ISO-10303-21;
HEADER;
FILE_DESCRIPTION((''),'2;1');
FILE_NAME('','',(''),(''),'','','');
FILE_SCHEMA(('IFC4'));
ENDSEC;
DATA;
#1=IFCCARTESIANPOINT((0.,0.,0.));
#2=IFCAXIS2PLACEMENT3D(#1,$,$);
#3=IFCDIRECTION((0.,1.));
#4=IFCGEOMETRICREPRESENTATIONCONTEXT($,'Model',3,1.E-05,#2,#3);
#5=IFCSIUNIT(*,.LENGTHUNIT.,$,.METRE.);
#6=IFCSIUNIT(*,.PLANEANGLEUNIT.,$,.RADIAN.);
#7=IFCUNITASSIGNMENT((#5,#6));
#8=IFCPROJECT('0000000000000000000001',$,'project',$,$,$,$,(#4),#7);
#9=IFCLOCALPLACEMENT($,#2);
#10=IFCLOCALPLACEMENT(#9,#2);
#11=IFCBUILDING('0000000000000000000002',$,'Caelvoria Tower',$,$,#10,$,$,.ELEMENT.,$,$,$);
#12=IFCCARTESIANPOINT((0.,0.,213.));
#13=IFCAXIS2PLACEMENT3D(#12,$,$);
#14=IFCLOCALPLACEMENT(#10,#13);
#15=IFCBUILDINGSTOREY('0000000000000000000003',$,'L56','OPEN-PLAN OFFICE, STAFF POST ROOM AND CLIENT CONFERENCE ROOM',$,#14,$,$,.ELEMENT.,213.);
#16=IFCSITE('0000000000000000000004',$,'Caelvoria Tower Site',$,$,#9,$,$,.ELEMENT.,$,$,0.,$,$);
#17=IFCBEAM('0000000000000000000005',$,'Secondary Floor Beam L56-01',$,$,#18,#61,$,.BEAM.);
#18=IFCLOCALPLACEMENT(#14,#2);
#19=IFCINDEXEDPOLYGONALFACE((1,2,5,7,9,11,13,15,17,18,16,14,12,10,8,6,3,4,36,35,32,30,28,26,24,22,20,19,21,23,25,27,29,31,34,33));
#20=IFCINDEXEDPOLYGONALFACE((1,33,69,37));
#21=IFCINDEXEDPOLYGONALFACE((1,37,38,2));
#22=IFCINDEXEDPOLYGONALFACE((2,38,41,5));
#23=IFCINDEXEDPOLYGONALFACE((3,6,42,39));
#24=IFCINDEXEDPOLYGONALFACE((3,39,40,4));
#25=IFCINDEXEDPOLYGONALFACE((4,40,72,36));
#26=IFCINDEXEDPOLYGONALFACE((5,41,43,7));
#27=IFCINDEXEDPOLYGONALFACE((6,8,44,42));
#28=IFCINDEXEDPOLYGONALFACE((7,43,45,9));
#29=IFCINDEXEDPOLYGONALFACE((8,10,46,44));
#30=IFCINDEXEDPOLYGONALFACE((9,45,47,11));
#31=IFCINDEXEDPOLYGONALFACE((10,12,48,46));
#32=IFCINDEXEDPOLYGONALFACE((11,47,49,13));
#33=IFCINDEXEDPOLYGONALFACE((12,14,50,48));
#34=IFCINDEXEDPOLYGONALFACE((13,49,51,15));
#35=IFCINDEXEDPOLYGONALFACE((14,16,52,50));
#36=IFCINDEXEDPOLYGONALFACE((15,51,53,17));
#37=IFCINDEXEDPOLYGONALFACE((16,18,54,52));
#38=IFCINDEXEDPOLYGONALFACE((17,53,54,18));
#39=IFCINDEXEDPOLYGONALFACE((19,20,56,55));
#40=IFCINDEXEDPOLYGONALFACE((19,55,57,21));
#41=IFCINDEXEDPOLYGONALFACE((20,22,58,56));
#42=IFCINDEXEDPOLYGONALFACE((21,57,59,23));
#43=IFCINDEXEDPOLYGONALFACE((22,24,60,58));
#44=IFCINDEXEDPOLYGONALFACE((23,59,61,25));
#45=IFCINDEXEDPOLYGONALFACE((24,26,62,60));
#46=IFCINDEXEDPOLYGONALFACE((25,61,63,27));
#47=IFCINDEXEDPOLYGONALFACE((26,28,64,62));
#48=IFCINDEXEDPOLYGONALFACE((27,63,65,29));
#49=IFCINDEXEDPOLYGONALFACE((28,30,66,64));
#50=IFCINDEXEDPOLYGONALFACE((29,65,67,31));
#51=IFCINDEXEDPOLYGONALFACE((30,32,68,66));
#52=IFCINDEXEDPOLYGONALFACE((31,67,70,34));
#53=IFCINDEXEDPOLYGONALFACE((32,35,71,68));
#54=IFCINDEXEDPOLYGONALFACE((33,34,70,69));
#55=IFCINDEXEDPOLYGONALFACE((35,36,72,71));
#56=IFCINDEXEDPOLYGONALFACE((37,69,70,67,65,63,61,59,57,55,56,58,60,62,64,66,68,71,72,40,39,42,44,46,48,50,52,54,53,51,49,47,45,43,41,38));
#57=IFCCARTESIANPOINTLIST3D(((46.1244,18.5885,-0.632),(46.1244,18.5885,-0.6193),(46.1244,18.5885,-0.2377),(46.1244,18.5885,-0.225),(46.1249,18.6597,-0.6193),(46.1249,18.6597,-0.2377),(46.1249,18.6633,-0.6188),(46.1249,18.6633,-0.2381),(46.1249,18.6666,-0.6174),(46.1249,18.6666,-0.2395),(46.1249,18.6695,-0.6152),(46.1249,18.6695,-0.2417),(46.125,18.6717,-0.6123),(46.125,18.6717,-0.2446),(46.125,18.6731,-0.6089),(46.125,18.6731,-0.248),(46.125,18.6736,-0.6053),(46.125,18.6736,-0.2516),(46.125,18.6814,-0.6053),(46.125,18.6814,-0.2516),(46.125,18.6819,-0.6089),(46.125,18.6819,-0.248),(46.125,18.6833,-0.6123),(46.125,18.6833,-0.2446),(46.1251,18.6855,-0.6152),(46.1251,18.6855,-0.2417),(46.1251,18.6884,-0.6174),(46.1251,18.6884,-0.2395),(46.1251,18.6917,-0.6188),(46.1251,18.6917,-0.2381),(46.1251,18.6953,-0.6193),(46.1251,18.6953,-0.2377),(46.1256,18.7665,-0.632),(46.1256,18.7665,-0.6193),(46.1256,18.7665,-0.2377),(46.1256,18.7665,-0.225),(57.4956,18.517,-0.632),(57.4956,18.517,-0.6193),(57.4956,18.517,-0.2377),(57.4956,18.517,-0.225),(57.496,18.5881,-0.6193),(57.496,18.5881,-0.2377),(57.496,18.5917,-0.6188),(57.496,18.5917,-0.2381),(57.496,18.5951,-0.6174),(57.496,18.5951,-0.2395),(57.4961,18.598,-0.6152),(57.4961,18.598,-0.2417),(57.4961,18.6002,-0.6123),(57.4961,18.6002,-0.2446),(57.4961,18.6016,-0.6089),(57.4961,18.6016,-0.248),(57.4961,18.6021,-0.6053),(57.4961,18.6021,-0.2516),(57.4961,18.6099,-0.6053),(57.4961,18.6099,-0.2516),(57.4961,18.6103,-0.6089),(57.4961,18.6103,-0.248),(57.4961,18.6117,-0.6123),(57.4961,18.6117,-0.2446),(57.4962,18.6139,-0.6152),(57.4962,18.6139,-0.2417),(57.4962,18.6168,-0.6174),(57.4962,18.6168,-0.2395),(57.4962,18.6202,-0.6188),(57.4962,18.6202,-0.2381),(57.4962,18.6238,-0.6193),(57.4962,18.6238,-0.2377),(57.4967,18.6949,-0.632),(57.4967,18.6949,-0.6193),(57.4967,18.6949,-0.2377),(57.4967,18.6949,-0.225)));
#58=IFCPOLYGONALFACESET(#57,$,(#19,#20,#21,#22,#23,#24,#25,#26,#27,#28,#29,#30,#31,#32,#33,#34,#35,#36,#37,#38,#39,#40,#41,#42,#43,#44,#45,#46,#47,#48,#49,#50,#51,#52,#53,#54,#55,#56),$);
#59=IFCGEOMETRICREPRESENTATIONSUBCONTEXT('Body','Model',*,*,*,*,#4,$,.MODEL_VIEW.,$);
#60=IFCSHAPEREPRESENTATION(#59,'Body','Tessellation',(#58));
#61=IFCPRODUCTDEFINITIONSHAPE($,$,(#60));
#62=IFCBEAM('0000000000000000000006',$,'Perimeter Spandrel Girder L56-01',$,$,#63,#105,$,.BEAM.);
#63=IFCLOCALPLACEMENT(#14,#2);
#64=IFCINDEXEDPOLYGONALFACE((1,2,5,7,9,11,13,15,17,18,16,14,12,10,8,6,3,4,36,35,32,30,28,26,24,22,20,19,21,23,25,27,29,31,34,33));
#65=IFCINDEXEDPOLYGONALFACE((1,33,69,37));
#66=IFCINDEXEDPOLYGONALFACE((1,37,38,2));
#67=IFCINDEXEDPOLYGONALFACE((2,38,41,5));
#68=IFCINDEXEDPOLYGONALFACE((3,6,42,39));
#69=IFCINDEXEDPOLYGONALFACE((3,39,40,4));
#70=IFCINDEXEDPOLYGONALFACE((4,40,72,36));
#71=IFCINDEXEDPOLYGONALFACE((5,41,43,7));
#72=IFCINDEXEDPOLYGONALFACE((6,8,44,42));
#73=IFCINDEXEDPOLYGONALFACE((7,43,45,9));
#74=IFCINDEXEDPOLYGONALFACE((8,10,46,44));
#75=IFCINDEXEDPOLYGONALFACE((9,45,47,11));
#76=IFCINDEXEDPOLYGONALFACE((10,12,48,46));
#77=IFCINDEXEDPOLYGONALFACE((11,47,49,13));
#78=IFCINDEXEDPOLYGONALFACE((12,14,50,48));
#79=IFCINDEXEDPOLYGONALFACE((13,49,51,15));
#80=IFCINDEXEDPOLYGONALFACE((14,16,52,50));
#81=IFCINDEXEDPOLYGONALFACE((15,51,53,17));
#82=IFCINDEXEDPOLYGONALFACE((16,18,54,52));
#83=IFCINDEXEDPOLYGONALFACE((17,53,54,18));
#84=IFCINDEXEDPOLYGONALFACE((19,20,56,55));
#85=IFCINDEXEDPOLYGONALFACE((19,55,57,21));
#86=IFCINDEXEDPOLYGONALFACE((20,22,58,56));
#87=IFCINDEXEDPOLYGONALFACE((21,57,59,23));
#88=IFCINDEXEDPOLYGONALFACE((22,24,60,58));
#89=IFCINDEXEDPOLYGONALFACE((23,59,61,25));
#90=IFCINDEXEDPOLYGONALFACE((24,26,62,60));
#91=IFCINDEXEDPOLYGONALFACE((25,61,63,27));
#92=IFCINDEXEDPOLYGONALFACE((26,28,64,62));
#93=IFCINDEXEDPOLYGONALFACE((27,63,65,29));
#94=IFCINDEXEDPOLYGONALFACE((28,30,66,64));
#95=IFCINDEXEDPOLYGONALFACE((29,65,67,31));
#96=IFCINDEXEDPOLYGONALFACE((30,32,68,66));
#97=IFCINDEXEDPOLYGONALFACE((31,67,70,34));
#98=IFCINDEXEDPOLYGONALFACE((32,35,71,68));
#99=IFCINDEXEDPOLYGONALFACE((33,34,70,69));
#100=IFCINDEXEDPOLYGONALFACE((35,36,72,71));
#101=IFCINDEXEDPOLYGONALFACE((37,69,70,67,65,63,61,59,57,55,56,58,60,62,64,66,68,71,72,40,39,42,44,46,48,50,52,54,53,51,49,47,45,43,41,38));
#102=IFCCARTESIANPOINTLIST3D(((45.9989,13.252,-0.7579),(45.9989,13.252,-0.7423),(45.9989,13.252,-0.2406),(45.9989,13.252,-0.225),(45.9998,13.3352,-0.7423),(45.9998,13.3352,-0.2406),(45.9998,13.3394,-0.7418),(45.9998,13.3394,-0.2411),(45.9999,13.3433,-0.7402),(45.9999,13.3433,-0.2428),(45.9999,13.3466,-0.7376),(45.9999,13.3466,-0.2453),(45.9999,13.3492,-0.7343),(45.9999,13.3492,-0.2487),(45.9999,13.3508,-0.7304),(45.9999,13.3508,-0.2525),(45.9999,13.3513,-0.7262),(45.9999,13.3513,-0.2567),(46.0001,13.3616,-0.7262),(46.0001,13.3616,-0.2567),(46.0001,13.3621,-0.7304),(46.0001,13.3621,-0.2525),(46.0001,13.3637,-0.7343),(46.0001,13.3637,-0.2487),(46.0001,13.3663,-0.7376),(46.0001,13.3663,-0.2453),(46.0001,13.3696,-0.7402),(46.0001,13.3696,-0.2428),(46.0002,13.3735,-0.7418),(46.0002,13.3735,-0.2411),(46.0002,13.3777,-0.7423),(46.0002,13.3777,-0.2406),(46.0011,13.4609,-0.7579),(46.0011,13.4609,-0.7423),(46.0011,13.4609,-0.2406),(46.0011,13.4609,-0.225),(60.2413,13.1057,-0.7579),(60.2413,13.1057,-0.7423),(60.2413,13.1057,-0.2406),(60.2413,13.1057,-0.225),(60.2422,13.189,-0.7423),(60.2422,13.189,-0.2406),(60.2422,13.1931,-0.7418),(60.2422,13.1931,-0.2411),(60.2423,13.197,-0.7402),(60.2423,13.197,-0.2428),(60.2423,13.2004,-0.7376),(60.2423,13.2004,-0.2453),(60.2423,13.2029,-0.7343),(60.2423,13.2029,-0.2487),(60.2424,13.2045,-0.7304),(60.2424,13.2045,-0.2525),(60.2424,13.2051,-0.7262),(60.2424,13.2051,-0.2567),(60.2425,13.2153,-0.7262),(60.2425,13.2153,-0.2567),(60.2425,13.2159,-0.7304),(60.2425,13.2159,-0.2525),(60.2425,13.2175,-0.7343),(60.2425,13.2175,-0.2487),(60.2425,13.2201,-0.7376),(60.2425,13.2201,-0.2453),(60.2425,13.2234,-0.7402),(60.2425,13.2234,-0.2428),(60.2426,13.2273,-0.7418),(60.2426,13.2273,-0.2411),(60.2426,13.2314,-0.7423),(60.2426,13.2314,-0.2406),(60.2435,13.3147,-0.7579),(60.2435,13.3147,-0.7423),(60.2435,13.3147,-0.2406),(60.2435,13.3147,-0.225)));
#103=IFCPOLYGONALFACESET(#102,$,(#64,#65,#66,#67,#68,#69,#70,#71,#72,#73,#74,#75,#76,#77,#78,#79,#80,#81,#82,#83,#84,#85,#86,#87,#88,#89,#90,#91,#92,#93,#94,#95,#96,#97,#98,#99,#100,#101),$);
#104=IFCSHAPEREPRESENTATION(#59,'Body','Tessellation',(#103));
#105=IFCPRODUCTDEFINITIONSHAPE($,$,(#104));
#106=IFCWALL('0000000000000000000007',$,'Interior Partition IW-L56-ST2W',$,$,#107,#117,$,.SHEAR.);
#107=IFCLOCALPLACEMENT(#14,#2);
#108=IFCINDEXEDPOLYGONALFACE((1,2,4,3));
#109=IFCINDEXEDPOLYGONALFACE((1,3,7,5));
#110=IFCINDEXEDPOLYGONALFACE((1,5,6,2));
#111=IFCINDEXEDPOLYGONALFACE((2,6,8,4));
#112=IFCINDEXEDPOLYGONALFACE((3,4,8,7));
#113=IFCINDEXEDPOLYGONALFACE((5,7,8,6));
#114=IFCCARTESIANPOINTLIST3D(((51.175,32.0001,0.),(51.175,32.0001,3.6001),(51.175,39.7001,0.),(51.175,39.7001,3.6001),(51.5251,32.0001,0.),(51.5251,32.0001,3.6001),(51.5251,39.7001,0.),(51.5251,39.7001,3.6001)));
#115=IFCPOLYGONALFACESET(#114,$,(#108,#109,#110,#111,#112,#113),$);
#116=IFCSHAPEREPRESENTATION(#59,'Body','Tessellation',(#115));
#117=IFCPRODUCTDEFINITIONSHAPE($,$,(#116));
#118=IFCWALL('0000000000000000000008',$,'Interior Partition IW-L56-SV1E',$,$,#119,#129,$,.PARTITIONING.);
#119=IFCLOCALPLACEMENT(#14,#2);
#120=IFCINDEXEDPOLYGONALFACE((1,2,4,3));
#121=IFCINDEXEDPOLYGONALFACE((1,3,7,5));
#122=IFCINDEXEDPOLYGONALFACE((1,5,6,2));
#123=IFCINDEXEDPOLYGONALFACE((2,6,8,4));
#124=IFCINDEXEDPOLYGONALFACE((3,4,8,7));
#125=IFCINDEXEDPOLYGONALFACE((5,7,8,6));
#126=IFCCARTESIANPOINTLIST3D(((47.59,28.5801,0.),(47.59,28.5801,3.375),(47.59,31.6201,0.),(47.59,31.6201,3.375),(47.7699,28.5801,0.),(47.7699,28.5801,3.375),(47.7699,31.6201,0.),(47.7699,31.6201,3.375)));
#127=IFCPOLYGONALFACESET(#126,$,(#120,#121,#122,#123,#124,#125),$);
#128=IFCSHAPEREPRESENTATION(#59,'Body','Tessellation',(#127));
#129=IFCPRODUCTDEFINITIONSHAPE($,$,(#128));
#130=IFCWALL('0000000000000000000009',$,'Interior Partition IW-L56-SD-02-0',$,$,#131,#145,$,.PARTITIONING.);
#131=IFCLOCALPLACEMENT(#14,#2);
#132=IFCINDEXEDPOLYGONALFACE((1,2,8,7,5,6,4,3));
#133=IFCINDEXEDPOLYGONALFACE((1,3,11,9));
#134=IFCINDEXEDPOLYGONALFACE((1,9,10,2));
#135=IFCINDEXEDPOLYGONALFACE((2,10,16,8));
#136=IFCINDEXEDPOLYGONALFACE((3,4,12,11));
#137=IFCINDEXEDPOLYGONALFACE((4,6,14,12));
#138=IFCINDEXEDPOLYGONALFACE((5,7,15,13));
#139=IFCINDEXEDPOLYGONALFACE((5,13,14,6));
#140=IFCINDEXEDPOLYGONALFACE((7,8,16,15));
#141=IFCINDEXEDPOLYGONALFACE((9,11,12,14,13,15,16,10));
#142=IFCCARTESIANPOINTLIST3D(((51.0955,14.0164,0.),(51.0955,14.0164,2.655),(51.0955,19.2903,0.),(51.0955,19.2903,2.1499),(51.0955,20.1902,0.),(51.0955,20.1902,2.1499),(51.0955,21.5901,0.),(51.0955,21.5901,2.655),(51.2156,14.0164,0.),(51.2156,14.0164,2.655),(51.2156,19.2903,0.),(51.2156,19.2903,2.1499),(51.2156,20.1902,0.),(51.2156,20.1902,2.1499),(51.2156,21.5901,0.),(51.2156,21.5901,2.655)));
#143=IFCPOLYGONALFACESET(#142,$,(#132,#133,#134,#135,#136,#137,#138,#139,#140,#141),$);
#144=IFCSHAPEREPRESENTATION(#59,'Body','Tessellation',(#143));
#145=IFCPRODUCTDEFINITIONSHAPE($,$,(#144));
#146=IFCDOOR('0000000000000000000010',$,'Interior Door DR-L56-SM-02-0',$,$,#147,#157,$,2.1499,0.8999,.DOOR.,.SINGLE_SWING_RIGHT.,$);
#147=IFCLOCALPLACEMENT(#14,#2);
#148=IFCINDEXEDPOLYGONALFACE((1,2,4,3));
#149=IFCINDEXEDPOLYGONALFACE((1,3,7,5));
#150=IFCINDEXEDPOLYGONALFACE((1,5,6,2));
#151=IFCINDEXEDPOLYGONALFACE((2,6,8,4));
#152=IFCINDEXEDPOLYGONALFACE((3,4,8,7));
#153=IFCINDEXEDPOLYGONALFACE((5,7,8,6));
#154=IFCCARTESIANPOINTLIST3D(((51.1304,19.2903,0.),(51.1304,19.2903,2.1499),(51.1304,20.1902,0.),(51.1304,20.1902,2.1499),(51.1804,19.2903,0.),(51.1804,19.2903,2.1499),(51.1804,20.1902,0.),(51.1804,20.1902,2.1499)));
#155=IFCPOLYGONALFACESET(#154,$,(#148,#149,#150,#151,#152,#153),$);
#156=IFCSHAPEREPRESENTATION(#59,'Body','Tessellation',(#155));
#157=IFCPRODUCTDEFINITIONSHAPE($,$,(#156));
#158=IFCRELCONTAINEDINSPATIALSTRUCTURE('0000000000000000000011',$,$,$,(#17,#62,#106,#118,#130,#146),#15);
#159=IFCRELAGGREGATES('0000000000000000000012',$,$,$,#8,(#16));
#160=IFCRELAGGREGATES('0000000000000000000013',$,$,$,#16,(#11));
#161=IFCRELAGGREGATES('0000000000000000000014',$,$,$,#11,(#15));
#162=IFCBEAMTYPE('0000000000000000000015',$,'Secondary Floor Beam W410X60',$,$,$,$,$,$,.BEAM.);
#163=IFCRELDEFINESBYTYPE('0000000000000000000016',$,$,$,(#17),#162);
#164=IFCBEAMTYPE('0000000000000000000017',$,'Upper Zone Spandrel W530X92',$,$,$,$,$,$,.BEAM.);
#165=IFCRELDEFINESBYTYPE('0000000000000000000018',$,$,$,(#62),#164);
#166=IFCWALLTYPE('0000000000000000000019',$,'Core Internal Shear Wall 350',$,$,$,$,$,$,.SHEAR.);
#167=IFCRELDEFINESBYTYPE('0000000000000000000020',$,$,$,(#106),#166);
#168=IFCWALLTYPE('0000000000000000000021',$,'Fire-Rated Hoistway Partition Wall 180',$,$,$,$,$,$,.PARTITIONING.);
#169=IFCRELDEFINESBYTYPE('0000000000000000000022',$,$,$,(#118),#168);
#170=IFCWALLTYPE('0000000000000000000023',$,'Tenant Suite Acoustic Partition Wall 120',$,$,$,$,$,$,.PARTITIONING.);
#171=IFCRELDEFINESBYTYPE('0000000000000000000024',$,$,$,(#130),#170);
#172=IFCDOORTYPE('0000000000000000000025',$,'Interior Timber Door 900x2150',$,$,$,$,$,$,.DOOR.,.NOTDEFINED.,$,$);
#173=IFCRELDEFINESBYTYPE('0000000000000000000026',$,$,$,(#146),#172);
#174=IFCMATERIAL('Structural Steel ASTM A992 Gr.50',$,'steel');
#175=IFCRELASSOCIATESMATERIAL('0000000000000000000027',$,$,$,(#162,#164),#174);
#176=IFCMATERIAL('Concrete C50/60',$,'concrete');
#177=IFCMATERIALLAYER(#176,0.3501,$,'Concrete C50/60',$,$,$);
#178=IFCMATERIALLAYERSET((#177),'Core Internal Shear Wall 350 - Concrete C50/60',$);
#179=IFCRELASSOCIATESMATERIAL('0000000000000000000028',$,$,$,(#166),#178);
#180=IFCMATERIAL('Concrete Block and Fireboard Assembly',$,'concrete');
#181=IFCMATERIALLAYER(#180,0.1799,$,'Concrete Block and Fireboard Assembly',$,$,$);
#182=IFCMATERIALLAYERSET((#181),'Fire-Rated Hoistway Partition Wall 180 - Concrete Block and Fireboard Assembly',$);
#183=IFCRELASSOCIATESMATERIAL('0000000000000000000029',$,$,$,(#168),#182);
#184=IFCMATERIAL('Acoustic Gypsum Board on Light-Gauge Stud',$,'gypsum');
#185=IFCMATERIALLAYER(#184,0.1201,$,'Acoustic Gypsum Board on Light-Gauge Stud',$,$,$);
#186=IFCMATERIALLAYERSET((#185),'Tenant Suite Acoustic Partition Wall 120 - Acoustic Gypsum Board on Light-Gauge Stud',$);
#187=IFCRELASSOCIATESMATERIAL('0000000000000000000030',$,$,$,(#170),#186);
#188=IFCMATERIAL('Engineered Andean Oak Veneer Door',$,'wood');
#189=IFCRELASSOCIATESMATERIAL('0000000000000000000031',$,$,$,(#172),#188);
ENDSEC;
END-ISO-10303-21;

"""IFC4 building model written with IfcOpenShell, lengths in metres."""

from ifc_helpers import new_model, si_unit, direction, frame, frame_2d, origin, origin_2d, place, context, subcontext, project, spatial, rectangle, i_section, extrude, material, layer, layer_set, material_profile, profile_set, type_object, element, fill, save


model = new_model("IFC4")

# Units and contexts
model_context = context("Model", 3, precision=1e-05, world=origin(), true_north=direction((0.0, 1.0)))
body_context = subcontext(model_context, "Body", "Model", "MODEL_VIEW")
ifc_project = project(units=[si_unit("LENGTHUNIT", "METRE"), si_unit("PLANEANGLEUNIT", "RADIAN")], contexts=[model_context])

# Site, building, storey
site_placement = place(None, origin())
site = spatial("IfcSite", under=ifc_project, at=site_placement, Name="Caelvoria Tower Site", CompositionType="ELEMENT", RefElevation=0.0)
building_placement = place(site_placement, origin())
building = spatial("IfcBuilding", under=site, at=building_placement, Name="Caelvoria Tower", CompositionType="ELEMENT")
storey_placement = place(building_placement, frame((0.0, 0.0, 213.0)))
storey = spatial("IfcBuildingStorey", under=building, at=storey_placement, Name="L56", Description="OPEN-PLAN OFFICE, STAFF POST ROOM AND CLIENT CONFERENCE ROOM", CompositionType="ELEMENT", Elevation=213.0)

# Beams
ifc_material_1 = material(Name="Structural Steel ASTM A992 Gr.50", Category="steel")
ifc_material_profile_1 = material_profile(ifc_material_1, i_section(OverallWidth=0.178, OverallDepth=0.407, WebThickness=0.0078, FlangeThickness=0.0127, FilletRadius=0.0139, at=origin_2d()), Name="Structural Steel ASTM A992 Gr.50")
ifc_profile_set_1 = profile_set([ifc_material_profile_1], Name="W410X60 - Structural Steel ASTM A992 Gr.50")
beam_type_1 = type_object("IfcBeamType", Name="Secondary Floor Beam W410X60", PredefinedType="BEAM", material=ifc_profile_set_1)
beam_1_placement = place(storey_placement, frame((46.125, 18.6775, -0.4285), z_axis=(0.99998, -0.006291, 0.0), x_axis=(0.006291, 0.99998, 0.0)))
element("IfcBeam", 1, at=beam_1_placement, inside=storey, type_object=beam_type_1, Name="Secondary Floor Beam L56-01", PredefinedType="BEAM", context=body_context, shape_type="SweptSolid", body=[
    extrude(i_section(OverallWidth=0.178, OverallDepth=0.407, WebThickness=0.0078, FlangeThickness=0.0127, FilletRadius=0.0139, at=origin_2d()), origin(), (0.0, 0.0, 1.0), 11.3713),
])
ifc_material_profile_2 = material_profile(ifc_material_1, i_section(OverallWidth=0.209, OverallDepth=0.533, WebThickness=0.0103, FlangeThickness=0.0156, FilletRadius=0.0161, at=origin_2d()), Name="Structural Steel ASTM A992 Gr.50")
ifc_profile_set_2 = profile_set([ifc_material_profile_2], Name="W530X92 - Structural Steel ASTM A992 Gr.50")
beam_type_2 = type_object("IfcBeamType", Name="Upper Zone Spandrel W530X92", PredefinedType="BEAM", material=ifc_profile_set_2)
beam_2_placement = place(storey_placement, frame((46.0, 13.3564, -0.4915), z_axis=(0.999947, -0.010267, 0.0), x_axis=(0.010267, 0.999947, 0.0)))
element("IfcBeam", 2, at=beam_2_placement, inside=storey, type_object=beam_type_2, Name="Perimeter Spandrel Girder L56-01", PredefinedType="BEAM", context=body_context, shape_type="SweptSolid", body=[
    extrude(i_section(OverallWidth=0.209, OverallDepth=0.533, WebThickness=0.0103, FlangeThickness=0.0156, FilletRadius=0.0161, at=origin_2d()), origin(), (0.0, 0.0, 1.0), 14.2432),
])

# Wall
ifc_material_2 = material(Name="Concrete C50/60", Category="concrete")
ifc_layer_1 = layer(ifc_material_2, 0.3501, Name="Concrete C50/60")
ifc_layer_set_1 = layer_set([ifc_layer_1], Name="Core Internal Shear Wall 350 - Concrete C50/60")
wall_type_1 = type_object("IfcWallType", Name="Core Internal Shear Wall 350", PredefinedType="SHEAR", material=ifc_layer_set_1)
wall_1_placement = place(storey_placement, frame((51.3501, 32.0, 0.0), z_axis=(0.0, 0.0, 1.0), x_axis=(0.0, 1.0, 0.0)))
element("IfcWall", 3, at=wall_1_placement, inside=storey, type_object=wall_type_1, Name="Interior Partition IW-L56-ST2W", PredefinedType="SHEAR", context=body_context, shape_type="SweptSolid", body=[
    extrude(rectangle(XDim=7.7, YDim=0.3501, at=frame_2d((3.8501, 0.0))), origin(), (0.0, 0.0, 1.0), 3.6001),
])

# Wall
ifc_material_3 = material(Name="Concrete Block and Fireboard Assembly", Category="concrete")
ifc_layer_2 = layer(ifc_material_3, 0.1799, Name="Concrete Block and Fireboard Assembly")
ifc_layer_set_2 = layer_set([ifc_layer_2], Name="Fire-Rated Hoistway Partition Wall 180 - Concrete Block and Fireboard Assembly")
wall_type_2 = type_object("IfcWallType", Name="Fire-Rated Hoistway Partition Wall 180", PredefinedType="PARTITIONING", material=ifc_layer_set_2)
wall_2_placement = place(storey_placement, frame((47.6799, 28.5801, 0.0), z_axis=(0.0, 0.0, 1.0), x_axis=(0.0, 1.0, 0.0)))
element("IfcWall", 4, at=wall_2_placement, inside=storey, type_object=wall_type_2, Name="Interior Partition IW-L56-SV1E", PredefinedType="PARTITIONING", context=body_context, shape_type="SweptSolid", body=[
    extrude(rectangle(XDim=3.04, YDim=0.1799, at=frame_2d((1.52, 0.0))), origin(), (0.0, 0.0, 1.0), 3.375),
])

# Wall, opening, door
ifc_material_4 = material(Name="Acoustic Gypsum Board on Light-Gauge Stud", Category="gypsum")
ifc_layer_3 = layer(ifc_material_4, 0.1201, Name="Acoustic Gypsum Board on Light-Gauge Stud")
ifc_layer_set_3 = layer_set([ifc_layer_3], Name="Tenant Suite Acoustic Partition Wall 120 - Acoustic Gypsum Board on Light-Gauge Stud")
wall_type_3 = type_object("IfcWallType", Name="Tenant Suite Acoustic Partition Wall 120", PredefinedType="PARTITIONING", material=ifc_layer_set_3)
wall_3_placement = place(storey_placement, frame((51.1555, 21.5901, 0.0), z_axis=(0.0, 0.0, 1.0), x_axis=(0.0, -1.0, 0.0)))
wall_3 = element("IfcWall", 5, at=wall_3_placement, inside=storey, type_object=wall_type_3, Name="Interior Partition IW-L56-SD-02-0", PredefinedType="PARTITIONING", context=body_context, shape_type="SweptSolid", body=[
    extrude(rectangle(XDim=7.5737, YDim=0.1201, at=frame_2d((3.7869, 0.0))), origin(), (0.0, 0.0, 1.0), 2.655),
])
opening_1_placement = place(wall_3_placement, frame((1.3999, 0.0, 0.0)))
opening_1 = element("IfcOpeningElement", 6, at=opening_1_placement, cuts=wall_3, PredefinedType="OPENING", context=body_context, shape_type="SweptSolid", body=[
    extrude(rectangle(XDim=0.8999, YDim=2.1499, at=frame_2d((0.45, 1.075))), frame((0.0, 0.0701, 0.0), z_axis=(0.0, -1.0, 0.0), x_axis=(1.0, 0.0, 0.0)), (0.0, 0.0, 1.0), 0.1401),
])
ifc_material_5 = material(Name="Engineered Andean Oak Veneer Door", Category="wood")
door_type_1 = type_object("IfcDoorType", Name="Interior Timber Door 900x2150", OperationType="NOTDEFINED", PredefinedType="DOOR", material=ifc_material_5)
door_1_placement = place(opening_1_placement, origin())
door_1 = element("IfcDoor", 7, at=door_1_placement, inside=storey, type_object=door_type_1, Name="Interior Door DR-L56-SM-02-0", OperationType="SINGLE_SWING_RIGHT", OverallHeight=2.1499, OverallWidth=0.8999, PredefinedType="DOOR", context=body_context, shape_type="SweptSolid", body=[
    extrude(rectangle(XDim=0.8999, YDim=2.1499, at=frame_2d((0.45, 1.075))), frame((0.0, 0.0249, 0.0), z_axis=(0.0, -1.0, 0.0), x_axis=(1.0, 0.0, 0.0)), (0.0, 0.0, 1.0), 0.05),
])
fill(opening_1, door_1)

save(model, "model.ifc")
